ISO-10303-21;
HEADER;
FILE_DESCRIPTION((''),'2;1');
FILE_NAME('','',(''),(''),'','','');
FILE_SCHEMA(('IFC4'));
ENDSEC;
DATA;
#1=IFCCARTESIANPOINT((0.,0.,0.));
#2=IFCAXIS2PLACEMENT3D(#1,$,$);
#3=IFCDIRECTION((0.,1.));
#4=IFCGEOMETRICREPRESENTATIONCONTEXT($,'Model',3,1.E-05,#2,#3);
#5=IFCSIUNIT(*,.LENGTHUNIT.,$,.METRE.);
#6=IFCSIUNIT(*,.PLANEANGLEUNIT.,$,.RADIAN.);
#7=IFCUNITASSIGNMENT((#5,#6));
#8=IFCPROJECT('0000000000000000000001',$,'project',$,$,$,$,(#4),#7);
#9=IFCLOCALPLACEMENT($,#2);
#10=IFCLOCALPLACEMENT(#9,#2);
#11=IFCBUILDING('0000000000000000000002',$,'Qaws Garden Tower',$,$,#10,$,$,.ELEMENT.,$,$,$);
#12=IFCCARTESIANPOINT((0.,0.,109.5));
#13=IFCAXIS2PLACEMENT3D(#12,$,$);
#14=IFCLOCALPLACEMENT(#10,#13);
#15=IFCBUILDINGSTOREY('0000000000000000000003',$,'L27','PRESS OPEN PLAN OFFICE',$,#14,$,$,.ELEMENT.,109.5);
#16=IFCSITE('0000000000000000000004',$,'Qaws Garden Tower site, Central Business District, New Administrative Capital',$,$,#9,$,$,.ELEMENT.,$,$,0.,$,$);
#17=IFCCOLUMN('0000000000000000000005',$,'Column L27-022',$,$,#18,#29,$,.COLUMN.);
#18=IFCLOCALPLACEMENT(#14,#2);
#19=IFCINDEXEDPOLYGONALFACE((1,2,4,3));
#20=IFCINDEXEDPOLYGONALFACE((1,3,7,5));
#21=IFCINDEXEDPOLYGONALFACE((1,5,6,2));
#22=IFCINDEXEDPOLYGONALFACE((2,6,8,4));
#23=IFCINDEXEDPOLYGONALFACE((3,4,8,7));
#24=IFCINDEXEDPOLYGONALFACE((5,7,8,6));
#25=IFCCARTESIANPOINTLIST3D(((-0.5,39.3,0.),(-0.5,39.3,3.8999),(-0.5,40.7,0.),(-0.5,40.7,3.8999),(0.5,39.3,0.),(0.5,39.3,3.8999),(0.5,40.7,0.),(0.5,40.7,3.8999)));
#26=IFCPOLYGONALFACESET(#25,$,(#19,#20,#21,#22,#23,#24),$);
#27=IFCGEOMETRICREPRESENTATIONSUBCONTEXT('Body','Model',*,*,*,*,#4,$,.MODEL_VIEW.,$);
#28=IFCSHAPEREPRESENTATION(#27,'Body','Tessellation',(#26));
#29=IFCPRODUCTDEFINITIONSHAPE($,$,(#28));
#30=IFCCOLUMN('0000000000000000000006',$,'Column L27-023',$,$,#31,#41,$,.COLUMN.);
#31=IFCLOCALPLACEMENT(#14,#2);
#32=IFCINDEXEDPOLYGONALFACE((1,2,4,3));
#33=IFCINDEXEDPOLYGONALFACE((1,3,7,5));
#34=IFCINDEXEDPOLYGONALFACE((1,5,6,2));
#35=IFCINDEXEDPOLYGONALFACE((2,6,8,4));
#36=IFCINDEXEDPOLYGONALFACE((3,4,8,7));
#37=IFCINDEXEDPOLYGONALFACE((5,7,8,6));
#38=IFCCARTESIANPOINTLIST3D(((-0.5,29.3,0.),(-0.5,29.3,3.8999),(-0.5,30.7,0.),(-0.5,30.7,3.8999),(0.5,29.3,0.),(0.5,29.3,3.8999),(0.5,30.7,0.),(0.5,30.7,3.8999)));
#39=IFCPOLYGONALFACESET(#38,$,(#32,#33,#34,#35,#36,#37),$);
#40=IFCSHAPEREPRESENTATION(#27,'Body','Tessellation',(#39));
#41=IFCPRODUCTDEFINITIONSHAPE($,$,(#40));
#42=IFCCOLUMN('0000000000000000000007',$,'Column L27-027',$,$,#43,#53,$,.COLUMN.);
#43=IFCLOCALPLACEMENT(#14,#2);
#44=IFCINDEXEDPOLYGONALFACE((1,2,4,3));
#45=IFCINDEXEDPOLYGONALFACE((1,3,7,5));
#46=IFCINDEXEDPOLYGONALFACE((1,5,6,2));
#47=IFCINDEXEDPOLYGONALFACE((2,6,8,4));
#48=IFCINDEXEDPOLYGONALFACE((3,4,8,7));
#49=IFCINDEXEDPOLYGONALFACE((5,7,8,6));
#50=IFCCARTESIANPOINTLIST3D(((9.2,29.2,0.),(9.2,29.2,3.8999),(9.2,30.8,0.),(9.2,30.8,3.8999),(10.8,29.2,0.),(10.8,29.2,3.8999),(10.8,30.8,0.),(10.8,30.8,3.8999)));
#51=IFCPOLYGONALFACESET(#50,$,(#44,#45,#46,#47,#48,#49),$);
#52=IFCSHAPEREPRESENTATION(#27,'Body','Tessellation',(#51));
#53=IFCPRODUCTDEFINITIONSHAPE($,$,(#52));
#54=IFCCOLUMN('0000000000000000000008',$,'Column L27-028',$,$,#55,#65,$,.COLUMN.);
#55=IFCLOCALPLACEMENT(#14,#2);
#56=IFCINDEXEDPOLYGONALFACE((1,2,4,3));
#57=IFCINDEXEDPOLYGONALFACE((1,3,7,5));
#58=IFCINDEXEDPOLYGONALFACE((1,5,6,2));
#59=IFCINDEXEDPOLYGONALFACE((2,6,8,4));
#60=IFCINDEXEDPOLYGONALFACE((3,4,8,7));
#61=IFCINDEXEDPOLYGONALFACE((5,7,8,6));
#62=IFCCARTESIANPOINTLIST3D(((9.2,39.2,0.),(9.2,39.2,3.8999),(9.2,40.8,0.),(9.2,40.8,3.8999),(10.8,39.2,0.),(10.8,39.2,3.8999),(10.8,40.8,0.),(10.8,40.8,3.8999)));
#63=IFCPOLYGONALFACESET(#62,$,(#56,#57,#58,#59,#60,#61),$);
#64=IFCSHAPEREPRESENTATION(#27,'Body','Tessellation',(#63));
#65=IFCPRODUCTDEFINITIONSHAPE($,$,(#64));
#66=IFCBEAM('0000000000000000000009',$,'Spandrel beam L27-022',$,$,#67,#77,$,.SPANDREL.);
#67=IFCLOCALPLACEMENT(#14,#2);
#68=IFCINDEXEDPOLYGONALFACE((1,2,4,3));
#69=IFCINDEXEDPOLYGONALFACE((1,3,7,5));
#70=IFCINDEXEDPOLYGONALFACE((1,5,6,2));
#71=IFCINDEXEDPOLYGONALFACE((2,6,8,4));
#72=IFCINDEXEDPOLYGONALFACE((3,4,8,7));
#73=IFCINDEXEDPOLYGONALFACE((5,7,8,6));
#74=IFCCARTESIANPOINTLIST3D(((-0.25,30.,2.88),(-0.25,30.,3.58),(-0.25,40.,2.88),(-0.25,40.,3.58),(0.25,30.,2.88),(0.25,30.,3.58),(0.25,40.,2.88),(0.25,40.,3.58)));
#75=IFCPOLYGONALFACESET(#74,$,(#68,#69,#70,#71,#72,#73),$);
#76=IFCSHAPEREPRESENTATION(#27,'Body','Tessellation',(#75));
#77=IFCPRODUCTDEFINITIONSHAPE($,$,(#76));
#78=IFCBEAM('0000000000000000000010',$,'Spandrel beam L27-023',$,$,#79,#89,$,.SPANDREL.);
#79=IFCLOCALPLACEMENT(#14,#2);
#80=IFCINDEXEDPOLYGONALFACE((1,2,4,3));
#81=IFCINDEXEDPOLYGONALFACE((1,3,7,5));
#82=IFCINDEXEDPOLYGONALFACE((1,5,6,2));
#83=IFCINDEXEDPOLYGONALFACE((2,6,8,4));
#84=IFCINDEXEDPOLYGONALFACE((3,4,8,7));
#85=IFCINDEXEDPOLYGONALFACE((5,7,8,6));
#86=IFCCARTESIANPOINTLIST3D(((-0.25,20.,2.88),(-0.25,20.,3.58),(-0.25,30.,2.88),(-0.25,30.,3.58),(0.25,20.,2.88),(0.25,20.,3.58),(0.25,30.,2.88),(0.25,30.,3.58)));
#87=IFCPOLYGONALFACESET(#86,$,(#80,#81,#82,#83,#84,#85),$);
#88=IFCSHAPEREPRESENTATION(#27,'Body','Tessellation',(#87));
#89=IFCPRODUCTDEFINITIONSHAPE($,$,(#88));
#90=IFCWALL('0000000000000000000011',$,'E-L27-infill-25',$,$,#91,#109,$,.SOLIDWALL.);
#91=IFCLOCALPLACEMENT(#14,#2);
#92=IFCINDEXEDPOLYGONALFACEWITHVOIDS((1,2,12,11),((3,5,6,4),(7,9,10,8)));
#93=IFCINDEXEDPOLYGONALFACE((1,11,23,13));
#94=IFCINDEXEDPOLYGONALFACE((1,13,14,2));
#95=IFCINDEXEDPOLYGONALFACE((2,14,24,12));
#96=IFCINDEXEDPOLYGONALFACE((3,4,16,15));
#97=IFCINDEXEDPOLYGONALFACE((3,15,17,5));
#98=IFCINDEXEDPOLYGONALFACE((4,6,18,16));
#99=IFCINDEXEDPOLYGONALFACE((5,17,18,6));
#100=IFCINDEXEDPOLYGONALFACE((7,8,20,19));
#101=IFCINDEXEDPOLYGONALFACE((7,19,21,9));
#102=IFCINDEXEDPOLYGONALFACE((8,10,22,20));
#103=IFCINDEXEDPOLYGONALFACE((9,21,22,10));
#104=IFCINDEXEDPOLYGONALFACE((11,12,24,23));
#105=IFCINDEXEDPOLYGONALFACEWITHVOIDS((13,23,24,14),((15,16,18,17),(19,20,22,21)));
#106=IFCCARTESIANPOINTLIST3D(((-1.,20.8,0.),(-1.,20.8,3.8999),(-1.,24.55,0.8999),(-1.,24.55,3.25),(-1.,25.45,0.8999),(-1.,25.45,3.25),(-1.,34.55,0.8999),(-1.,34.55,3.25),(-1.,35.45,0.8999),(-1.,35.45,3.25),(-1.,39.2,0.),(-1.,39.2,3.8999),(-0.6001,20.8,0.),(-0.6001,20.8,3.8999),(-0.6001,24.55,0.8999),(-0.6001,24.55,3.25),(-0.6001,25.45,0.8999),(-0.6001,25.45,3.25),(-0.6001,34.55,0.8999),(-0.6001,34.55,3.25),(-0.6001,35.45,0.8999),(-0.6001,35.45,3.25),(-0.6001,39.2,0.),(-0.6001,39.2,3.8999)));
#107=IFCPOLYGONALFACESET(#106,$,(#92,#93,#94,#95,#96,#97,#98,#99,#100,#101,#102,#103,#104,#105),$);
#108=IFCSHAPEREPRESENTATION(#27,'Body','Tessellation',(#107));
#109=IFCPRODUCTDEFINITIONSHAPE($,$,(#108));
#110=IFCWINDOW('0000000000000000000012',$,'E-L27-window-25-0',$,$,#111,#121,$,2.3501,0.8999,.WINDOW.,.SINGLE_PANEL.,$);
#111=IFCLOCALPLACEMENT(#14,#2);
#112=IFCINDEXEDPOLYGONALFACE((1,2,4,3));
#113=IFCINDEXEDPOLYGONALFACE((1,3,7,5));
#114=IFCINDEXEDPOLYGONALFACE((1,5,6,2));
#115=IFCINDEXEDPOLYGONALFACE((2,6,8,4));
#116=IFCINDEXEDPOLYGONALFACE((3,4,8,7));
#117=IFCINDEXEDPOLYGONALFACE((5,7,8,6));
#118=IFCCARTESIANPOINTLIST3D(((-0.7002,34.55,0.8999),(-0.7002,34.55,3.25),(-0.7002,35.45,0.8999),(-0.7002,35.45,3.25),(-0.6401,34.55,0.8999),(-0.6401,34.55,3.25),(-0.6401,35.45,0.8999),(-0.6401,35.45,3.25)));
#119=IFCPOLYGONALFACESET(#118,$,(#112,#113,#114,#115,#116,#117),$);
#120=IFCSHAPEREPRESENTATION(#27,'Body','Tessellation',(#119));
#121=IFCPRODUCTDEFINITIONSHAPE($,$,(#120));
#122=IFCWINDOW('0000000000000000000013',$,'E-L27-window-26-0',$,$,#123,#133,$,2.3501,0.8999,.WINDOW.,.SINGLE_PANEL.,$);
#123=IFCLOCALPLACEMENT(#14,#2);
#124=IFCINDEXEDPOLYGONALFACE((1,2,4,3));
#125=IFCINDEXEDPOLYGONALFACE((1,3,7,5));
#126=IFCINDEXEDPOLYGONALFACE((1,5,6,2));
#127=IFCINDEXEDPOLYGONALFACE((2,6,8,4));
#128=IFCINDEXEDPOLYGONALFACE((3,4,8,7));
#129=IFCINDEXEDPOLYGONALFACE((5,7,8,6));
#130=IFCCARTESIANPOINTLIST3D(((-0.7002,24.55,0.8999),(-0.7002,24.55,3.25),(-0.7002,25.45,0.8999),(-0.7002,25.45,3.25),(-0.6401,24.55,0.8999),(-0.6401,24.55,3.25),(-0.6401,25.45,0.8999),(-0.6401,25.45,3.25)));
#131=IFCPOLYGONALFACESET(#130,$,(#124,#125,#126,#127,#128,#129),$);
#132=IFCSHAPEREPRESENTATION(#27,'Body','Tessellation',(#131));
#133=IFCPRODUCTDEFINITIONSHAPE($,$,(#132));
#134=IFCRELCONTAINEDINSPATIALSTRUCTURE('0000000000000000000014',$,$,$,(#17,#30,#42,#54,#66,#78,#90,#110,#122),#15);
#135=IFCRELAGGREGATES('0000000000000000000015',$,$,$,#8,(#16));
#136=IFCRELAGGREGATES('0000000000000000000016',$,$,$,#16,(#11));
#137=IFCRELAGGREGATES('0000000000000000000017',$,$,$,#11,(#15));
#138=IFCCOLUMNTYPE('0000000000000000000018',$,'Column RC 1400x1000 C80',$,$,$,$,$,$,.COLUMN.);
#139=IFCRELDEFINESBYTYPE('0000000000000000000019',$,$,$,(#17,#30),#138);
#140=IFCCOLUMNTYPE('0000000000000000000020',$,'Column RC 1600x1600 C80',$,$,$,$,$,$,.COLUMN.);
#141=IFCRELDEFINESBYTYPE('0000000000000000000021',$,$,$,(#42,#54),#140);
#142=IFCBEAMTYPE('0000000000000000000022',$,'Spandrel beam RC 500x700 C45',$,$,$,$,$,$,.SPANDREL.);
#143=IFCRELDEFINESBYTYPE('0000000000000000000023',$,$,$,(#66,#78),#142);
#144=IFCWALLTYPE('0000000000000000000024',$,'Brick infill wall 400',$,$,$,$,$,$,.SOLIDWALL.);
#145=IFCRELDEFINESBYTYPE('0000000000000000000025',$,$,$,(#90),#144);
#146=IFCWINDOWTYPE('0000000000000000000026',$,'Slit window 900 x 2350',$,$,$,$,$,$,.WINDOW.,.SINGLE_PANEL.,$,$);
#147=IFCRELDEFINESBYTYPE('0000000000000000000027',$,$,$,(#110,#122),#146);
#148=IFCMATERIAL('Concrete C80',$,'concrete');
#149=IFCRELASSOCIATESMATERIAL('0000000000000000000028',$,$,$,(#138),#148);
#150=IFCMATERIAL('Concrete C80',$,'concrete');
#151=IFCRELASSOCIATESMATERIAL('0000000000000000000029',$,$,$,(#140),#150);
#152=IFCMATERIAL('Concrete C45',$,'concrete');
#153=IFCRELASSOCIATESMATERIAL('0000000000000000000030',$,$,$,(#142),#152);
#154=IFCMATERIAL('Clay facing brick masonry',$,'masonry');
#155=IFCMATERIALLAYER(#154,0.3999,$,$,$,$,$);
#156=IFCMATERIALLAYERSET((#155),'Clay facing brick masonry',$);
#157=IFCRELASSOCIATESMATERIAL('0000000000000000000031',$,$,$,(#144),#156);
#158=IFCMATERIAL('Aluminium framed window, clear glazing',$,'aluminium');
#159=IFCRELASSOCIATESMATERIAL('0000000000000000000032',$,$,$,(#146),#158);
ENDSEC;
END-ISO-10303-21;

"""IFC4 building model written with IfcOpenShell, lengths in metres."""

from ifc_helpers import new_model, si_unit, direction, frame, frame_2d, origin, origin_2d, place, context, subcontext, project, spatial, rectangle, extrude, material, layer, layer_set, material_profile, profile_set, type_object, element, fill, save


model = new_model("IFC4")

# Units and contexts
model_context = context("Model", 3, precision=1e-05, world=origin(), true_north=direction((0.0, 1.0)))
body_context = subcontext(model_context, "Body", "Model", "MODEL_VIEW")
ifc_project = project(units=[si_unit("LENGTHUNIT", "METRE"), si_unit("PLANEANGLEUNIT", "RADIAN")], contexts=[model_context])

# Site, building, storey
site_placement = place(None, origin())
site = spatial("IfcSite", under=ifc_project, at=site_placement, Name="Qaws Garden Tower site, Central Business District, New Administrative Capital", CompositionType="ELEMENT", RefElevation=0.0)
building_placement = place(site_placement, origin())
building = spatial("IfcBuilding", under=site, at=building_placement, Name="Qaws Garden Tower", CompositionType="ELEMENT")
storey_placement = place(building_placement, frame((0.0, 0.0, 109.5)))
storey = spatial("IfcBuildingStorey", under=building, at=storey_placement, Name="L27", Description="PRESS OPEN PLAN OFFICE", CompositionType="ELEMENT", Elevation=109.5)

# Columns
ifc_material_1 = material(Name="Concrete C80", Category="concrete")
ifc_material_profile_1 = material_profile(ifc_material_1, rectangle(XDim=1.3999, YDim=1.0, at=origin_2d()), Name="RC 1400x1000")
ifc_profile_set_1 = profile_set([ifc_material_profile_1], Name="Concrete C80")
column_type_1 = type_object("IfcColumnType", Name="Column RC 1400x1000 C80", PredefinedType="COLUMN", material=ifc_profile_set_1)
for number, where, z_axis, x_axis, name in (
    (1, (0.0, 40.0, 0.0), (0.0, 0.0, 1.0), (0.0, 1.0, 0.0), "Column L27-022"),
    (2, (0.0, 30.0, 0.0), (0.0, 0.0, 1.0), (0.0, 1.0, 0.0), "Column L27-023"),
):
    element("IfcColumn", number, at=place(storey_placement, frame(where, z_axis=z_axis, x_axis=x_axis)), inside=storey, type_object=column_type_1, Name=name, PredefinedType="COLUMN", context=body_context, shape_type="SweptSolid", body=[
        extrude(rectangle(XDim=1.3999, YDim=1.0, at=origin_2d()), origin(), (0.0, 0.0, 1.0), 3.8999),
    ])
ifc_material_2 = material(Name="Concrete C80", Category="concrete")
ifc_material_profile_2 = material_profile(ifc_material_2, rectangle(XDim=1.6001, YDim=1.6001, at=origin_2d()), Name="RC 1600x1600")
ifc_profile_set_2 = profile_set([ifc_material_profile_2], Name="Concrete C80")
column_type_2 = type_object("IfcColumnType", Name="Column RC 1600x1600 C80", PredefinedType="COLUMN", material=ifc_profile_set_2)
for number, where, z_axis, x_axis, name in (
    (3, (10.0, 30.0, 0.0), (0.0, 0.0, 1.0), (1.0, 0.0, 0.0), "Column L27-027"),
    (4, (10.0, 40.0, 0.0), (0.0, 0.0, 1.0), (1.0, 0.0, 0.0), "Column L27-028"),
):
    element("IfcColumn", number, at=place(storey_placement, frame(where, z_axis=z_axis, x_axis=x_axis)), inside=storey, type_object=column_type_2, Name=name, PredefinedType="COLUMN", context=body_context, shape_type="SweptSolid", body=[
        extrude(rectangle(XDim=1.6001, YDim=1.6001, at=origin_2d()), origin(), (0.0, 0.0, 1.0), 3.8999),
    ])

# Beams
ifc_material_3 = material(Name="Concrete C45", Category="concrete")
ifc_material_profile_3 = material_profile(ifc_material_3, rectangle(XDim=0.5, YDim=0.7, at=origin_2d()), Name="RC 500x700")
ifc_profile_set_3 = profile_set([ifc_material_profile_3], Name="Concrete C45")
beam_type = type_object("IfcBeamType", Name="Spandrel beam RC 500x700 C45", PredefinedType="SPANDREL", material=ifc_profile_set_3)
for number, where, z_axis, x_axis, name in (
    (5, (0.0, 40.0, 3.23), (0.0, -1.0, 0.0), (1.0, 0.0, 0.0), "Spandrel beam L27-022"),
    (6, (0.0, 30.0, 3.23), (0.0, -1.0, 0.0), (1.0, 0.0, 0.0), "Spandrel beam L27-023"),
):
    element("IfcBeam", number, at=place(storey_placement, frame(where, z_axis=z_axis, x_axis=x_axis)), inside=storey, type_object=beam_type, Name=name, PredefinedType="SPANDREL", context=body_context, shape_type="SweptSolid", body=[
        extrude(rectangle(XDim=0.5, YDim=0.7, at=origin_2d()), origin(), (0.0, 0.0, 1.0), 10.0),
    ])

# Wall, openings, windows
ifc_material_4 = material(Name="Clay facing brick masonry", Category="masonry")
ifc_layer_1 = layer(ifc_material_4, 0.3999)
ifc_layer_set_1 = layer_set([ifc_layer_1], Name="Clay facing brick masonry")
wall_type_1 = type_object("IfcWallType", Name="Brick infill wall 400", PredefinedType="SOLIDWALL", material=ifc_layer_set_1)
wall_1_placement = place(storey_placement, frame((-0.8, 39.2, 0.0), z_axis=(0.0, 0.0, 1.0), x_axis=(0.0, -1.0, 0.0)))
wall_1 = element("IfcWall", 7, at=wall_1_placement, inside=storey, type_object=wall_type_1, Name="E-L27-infill-25", PredefinedType="SOLIDWALL", context=body_context, shape_type="SweptSolid", body=[
    extrude(rectangle(XDim=18.3999, YDim=0.3999, at=frame_2d((9.2, 0.0))), origin(), (0.0, 0.0, 1.0), 3.8999),
])
opening_1_placement = place(wall_1_placement, frame((3.75, 0.0, 0.8999)))
opening_1 = element("IfcOpeningElement", 8, at=opening_1_placement, cuts=wall_1, PredefinedType="OPENING", context=body_context, shape_type="SweptSolid", body=[
    extrude(rectangle(XDim=0.8999, YDim=2.3501, at=frame_2d((0.45, 1.175))), frame((0.0, 0.21, 0.0), z_axis=(0.0, -1.0, 0.0), x_axis=(1.0, 0.0, 0.0)), (0.0, 0.0, 1.0), 0.4199),
])
opening_2_placement = place(wall_1_placement, frame((13.75, 0.0, 0.8999)))
opening_2 = element("IfcOpeningElement", 9, at=opening_2_placement, cuts=wall_1, PredefinedType="OPENING", context=body_context, shape_type="SweptSolid", body=[
    extrude(rectangle(XDim=0.8999, YDim=2.3501, at=frame_2d((0.45, 1.175))), frame((0.0, 0.21, 0.0), z_axis=(0.0, -1.0, 0.0), x_axis=(1.0, 0.0, 0.0)), (0.0, 0.0, 1.0), 0.4199),
])
ifc_material_5 = material(Name="Aluminium framed window, clear glazing", Category="aluminium")
window_type = type_object("IfcWindowType", Name="Slit window 900 x 2350", PartitioningType="SINGLE_PANEL", PredefinedType="WINDOW", material=ifc_material_5)
window_1_placement = place(opening_1_placement, origin())
window_1 = element("IfcWindow", 10, at=window_1_placement, inside=storey, type_object=window_type, Name="E-L27-window-25-0", OverallHeight=2.3501, OverallWidth=0.8999, PartitioningType="SINGLE_PANEL", PredefinedType="WINDOW", context=body_context, shape_type="SweptSolid", body=[
    extrude(rectangle(XDim=0.8999, YDim=2.3501, at=frame_2d((0.45, 1.175))), frame((0.0, 0.1599, 0.0), z_axis=(0.0, -1.0, 0.0), x_axis=(1.0, 0.0, 0.0)), (0.0, 0.0, 1.0), 0.0601),
])
fill(opening_1, window_1)
window_2_placement = place(opening_2_placement, origin())
window_2 = element("IfcWindow", 11, at=window_2_placement, inside=storey, type_object=window_type, Name="E-L27-window-26-0", OverallHeight=2.3501, OverallWidth=0.8999, PartitioningType="SINGLE_PANEL", PredefinedType="WINDOW", context=body_context, shape_type="SweptSolid", body=[
    extrude(rectangle(XDim=0.8999, YDim=2.3501, at=frame_2d((0.45, 1.175))), frame((0.0, 0.1599, 0.0), z_axis=(0.0, -1.0, 0.0), x_axis=(1.0, 0.0, 0.0)), (0.0, 0.0, 1.0), 0.0601),
])
fill(opening_2, window_2)

save(model, "model.ifc")
